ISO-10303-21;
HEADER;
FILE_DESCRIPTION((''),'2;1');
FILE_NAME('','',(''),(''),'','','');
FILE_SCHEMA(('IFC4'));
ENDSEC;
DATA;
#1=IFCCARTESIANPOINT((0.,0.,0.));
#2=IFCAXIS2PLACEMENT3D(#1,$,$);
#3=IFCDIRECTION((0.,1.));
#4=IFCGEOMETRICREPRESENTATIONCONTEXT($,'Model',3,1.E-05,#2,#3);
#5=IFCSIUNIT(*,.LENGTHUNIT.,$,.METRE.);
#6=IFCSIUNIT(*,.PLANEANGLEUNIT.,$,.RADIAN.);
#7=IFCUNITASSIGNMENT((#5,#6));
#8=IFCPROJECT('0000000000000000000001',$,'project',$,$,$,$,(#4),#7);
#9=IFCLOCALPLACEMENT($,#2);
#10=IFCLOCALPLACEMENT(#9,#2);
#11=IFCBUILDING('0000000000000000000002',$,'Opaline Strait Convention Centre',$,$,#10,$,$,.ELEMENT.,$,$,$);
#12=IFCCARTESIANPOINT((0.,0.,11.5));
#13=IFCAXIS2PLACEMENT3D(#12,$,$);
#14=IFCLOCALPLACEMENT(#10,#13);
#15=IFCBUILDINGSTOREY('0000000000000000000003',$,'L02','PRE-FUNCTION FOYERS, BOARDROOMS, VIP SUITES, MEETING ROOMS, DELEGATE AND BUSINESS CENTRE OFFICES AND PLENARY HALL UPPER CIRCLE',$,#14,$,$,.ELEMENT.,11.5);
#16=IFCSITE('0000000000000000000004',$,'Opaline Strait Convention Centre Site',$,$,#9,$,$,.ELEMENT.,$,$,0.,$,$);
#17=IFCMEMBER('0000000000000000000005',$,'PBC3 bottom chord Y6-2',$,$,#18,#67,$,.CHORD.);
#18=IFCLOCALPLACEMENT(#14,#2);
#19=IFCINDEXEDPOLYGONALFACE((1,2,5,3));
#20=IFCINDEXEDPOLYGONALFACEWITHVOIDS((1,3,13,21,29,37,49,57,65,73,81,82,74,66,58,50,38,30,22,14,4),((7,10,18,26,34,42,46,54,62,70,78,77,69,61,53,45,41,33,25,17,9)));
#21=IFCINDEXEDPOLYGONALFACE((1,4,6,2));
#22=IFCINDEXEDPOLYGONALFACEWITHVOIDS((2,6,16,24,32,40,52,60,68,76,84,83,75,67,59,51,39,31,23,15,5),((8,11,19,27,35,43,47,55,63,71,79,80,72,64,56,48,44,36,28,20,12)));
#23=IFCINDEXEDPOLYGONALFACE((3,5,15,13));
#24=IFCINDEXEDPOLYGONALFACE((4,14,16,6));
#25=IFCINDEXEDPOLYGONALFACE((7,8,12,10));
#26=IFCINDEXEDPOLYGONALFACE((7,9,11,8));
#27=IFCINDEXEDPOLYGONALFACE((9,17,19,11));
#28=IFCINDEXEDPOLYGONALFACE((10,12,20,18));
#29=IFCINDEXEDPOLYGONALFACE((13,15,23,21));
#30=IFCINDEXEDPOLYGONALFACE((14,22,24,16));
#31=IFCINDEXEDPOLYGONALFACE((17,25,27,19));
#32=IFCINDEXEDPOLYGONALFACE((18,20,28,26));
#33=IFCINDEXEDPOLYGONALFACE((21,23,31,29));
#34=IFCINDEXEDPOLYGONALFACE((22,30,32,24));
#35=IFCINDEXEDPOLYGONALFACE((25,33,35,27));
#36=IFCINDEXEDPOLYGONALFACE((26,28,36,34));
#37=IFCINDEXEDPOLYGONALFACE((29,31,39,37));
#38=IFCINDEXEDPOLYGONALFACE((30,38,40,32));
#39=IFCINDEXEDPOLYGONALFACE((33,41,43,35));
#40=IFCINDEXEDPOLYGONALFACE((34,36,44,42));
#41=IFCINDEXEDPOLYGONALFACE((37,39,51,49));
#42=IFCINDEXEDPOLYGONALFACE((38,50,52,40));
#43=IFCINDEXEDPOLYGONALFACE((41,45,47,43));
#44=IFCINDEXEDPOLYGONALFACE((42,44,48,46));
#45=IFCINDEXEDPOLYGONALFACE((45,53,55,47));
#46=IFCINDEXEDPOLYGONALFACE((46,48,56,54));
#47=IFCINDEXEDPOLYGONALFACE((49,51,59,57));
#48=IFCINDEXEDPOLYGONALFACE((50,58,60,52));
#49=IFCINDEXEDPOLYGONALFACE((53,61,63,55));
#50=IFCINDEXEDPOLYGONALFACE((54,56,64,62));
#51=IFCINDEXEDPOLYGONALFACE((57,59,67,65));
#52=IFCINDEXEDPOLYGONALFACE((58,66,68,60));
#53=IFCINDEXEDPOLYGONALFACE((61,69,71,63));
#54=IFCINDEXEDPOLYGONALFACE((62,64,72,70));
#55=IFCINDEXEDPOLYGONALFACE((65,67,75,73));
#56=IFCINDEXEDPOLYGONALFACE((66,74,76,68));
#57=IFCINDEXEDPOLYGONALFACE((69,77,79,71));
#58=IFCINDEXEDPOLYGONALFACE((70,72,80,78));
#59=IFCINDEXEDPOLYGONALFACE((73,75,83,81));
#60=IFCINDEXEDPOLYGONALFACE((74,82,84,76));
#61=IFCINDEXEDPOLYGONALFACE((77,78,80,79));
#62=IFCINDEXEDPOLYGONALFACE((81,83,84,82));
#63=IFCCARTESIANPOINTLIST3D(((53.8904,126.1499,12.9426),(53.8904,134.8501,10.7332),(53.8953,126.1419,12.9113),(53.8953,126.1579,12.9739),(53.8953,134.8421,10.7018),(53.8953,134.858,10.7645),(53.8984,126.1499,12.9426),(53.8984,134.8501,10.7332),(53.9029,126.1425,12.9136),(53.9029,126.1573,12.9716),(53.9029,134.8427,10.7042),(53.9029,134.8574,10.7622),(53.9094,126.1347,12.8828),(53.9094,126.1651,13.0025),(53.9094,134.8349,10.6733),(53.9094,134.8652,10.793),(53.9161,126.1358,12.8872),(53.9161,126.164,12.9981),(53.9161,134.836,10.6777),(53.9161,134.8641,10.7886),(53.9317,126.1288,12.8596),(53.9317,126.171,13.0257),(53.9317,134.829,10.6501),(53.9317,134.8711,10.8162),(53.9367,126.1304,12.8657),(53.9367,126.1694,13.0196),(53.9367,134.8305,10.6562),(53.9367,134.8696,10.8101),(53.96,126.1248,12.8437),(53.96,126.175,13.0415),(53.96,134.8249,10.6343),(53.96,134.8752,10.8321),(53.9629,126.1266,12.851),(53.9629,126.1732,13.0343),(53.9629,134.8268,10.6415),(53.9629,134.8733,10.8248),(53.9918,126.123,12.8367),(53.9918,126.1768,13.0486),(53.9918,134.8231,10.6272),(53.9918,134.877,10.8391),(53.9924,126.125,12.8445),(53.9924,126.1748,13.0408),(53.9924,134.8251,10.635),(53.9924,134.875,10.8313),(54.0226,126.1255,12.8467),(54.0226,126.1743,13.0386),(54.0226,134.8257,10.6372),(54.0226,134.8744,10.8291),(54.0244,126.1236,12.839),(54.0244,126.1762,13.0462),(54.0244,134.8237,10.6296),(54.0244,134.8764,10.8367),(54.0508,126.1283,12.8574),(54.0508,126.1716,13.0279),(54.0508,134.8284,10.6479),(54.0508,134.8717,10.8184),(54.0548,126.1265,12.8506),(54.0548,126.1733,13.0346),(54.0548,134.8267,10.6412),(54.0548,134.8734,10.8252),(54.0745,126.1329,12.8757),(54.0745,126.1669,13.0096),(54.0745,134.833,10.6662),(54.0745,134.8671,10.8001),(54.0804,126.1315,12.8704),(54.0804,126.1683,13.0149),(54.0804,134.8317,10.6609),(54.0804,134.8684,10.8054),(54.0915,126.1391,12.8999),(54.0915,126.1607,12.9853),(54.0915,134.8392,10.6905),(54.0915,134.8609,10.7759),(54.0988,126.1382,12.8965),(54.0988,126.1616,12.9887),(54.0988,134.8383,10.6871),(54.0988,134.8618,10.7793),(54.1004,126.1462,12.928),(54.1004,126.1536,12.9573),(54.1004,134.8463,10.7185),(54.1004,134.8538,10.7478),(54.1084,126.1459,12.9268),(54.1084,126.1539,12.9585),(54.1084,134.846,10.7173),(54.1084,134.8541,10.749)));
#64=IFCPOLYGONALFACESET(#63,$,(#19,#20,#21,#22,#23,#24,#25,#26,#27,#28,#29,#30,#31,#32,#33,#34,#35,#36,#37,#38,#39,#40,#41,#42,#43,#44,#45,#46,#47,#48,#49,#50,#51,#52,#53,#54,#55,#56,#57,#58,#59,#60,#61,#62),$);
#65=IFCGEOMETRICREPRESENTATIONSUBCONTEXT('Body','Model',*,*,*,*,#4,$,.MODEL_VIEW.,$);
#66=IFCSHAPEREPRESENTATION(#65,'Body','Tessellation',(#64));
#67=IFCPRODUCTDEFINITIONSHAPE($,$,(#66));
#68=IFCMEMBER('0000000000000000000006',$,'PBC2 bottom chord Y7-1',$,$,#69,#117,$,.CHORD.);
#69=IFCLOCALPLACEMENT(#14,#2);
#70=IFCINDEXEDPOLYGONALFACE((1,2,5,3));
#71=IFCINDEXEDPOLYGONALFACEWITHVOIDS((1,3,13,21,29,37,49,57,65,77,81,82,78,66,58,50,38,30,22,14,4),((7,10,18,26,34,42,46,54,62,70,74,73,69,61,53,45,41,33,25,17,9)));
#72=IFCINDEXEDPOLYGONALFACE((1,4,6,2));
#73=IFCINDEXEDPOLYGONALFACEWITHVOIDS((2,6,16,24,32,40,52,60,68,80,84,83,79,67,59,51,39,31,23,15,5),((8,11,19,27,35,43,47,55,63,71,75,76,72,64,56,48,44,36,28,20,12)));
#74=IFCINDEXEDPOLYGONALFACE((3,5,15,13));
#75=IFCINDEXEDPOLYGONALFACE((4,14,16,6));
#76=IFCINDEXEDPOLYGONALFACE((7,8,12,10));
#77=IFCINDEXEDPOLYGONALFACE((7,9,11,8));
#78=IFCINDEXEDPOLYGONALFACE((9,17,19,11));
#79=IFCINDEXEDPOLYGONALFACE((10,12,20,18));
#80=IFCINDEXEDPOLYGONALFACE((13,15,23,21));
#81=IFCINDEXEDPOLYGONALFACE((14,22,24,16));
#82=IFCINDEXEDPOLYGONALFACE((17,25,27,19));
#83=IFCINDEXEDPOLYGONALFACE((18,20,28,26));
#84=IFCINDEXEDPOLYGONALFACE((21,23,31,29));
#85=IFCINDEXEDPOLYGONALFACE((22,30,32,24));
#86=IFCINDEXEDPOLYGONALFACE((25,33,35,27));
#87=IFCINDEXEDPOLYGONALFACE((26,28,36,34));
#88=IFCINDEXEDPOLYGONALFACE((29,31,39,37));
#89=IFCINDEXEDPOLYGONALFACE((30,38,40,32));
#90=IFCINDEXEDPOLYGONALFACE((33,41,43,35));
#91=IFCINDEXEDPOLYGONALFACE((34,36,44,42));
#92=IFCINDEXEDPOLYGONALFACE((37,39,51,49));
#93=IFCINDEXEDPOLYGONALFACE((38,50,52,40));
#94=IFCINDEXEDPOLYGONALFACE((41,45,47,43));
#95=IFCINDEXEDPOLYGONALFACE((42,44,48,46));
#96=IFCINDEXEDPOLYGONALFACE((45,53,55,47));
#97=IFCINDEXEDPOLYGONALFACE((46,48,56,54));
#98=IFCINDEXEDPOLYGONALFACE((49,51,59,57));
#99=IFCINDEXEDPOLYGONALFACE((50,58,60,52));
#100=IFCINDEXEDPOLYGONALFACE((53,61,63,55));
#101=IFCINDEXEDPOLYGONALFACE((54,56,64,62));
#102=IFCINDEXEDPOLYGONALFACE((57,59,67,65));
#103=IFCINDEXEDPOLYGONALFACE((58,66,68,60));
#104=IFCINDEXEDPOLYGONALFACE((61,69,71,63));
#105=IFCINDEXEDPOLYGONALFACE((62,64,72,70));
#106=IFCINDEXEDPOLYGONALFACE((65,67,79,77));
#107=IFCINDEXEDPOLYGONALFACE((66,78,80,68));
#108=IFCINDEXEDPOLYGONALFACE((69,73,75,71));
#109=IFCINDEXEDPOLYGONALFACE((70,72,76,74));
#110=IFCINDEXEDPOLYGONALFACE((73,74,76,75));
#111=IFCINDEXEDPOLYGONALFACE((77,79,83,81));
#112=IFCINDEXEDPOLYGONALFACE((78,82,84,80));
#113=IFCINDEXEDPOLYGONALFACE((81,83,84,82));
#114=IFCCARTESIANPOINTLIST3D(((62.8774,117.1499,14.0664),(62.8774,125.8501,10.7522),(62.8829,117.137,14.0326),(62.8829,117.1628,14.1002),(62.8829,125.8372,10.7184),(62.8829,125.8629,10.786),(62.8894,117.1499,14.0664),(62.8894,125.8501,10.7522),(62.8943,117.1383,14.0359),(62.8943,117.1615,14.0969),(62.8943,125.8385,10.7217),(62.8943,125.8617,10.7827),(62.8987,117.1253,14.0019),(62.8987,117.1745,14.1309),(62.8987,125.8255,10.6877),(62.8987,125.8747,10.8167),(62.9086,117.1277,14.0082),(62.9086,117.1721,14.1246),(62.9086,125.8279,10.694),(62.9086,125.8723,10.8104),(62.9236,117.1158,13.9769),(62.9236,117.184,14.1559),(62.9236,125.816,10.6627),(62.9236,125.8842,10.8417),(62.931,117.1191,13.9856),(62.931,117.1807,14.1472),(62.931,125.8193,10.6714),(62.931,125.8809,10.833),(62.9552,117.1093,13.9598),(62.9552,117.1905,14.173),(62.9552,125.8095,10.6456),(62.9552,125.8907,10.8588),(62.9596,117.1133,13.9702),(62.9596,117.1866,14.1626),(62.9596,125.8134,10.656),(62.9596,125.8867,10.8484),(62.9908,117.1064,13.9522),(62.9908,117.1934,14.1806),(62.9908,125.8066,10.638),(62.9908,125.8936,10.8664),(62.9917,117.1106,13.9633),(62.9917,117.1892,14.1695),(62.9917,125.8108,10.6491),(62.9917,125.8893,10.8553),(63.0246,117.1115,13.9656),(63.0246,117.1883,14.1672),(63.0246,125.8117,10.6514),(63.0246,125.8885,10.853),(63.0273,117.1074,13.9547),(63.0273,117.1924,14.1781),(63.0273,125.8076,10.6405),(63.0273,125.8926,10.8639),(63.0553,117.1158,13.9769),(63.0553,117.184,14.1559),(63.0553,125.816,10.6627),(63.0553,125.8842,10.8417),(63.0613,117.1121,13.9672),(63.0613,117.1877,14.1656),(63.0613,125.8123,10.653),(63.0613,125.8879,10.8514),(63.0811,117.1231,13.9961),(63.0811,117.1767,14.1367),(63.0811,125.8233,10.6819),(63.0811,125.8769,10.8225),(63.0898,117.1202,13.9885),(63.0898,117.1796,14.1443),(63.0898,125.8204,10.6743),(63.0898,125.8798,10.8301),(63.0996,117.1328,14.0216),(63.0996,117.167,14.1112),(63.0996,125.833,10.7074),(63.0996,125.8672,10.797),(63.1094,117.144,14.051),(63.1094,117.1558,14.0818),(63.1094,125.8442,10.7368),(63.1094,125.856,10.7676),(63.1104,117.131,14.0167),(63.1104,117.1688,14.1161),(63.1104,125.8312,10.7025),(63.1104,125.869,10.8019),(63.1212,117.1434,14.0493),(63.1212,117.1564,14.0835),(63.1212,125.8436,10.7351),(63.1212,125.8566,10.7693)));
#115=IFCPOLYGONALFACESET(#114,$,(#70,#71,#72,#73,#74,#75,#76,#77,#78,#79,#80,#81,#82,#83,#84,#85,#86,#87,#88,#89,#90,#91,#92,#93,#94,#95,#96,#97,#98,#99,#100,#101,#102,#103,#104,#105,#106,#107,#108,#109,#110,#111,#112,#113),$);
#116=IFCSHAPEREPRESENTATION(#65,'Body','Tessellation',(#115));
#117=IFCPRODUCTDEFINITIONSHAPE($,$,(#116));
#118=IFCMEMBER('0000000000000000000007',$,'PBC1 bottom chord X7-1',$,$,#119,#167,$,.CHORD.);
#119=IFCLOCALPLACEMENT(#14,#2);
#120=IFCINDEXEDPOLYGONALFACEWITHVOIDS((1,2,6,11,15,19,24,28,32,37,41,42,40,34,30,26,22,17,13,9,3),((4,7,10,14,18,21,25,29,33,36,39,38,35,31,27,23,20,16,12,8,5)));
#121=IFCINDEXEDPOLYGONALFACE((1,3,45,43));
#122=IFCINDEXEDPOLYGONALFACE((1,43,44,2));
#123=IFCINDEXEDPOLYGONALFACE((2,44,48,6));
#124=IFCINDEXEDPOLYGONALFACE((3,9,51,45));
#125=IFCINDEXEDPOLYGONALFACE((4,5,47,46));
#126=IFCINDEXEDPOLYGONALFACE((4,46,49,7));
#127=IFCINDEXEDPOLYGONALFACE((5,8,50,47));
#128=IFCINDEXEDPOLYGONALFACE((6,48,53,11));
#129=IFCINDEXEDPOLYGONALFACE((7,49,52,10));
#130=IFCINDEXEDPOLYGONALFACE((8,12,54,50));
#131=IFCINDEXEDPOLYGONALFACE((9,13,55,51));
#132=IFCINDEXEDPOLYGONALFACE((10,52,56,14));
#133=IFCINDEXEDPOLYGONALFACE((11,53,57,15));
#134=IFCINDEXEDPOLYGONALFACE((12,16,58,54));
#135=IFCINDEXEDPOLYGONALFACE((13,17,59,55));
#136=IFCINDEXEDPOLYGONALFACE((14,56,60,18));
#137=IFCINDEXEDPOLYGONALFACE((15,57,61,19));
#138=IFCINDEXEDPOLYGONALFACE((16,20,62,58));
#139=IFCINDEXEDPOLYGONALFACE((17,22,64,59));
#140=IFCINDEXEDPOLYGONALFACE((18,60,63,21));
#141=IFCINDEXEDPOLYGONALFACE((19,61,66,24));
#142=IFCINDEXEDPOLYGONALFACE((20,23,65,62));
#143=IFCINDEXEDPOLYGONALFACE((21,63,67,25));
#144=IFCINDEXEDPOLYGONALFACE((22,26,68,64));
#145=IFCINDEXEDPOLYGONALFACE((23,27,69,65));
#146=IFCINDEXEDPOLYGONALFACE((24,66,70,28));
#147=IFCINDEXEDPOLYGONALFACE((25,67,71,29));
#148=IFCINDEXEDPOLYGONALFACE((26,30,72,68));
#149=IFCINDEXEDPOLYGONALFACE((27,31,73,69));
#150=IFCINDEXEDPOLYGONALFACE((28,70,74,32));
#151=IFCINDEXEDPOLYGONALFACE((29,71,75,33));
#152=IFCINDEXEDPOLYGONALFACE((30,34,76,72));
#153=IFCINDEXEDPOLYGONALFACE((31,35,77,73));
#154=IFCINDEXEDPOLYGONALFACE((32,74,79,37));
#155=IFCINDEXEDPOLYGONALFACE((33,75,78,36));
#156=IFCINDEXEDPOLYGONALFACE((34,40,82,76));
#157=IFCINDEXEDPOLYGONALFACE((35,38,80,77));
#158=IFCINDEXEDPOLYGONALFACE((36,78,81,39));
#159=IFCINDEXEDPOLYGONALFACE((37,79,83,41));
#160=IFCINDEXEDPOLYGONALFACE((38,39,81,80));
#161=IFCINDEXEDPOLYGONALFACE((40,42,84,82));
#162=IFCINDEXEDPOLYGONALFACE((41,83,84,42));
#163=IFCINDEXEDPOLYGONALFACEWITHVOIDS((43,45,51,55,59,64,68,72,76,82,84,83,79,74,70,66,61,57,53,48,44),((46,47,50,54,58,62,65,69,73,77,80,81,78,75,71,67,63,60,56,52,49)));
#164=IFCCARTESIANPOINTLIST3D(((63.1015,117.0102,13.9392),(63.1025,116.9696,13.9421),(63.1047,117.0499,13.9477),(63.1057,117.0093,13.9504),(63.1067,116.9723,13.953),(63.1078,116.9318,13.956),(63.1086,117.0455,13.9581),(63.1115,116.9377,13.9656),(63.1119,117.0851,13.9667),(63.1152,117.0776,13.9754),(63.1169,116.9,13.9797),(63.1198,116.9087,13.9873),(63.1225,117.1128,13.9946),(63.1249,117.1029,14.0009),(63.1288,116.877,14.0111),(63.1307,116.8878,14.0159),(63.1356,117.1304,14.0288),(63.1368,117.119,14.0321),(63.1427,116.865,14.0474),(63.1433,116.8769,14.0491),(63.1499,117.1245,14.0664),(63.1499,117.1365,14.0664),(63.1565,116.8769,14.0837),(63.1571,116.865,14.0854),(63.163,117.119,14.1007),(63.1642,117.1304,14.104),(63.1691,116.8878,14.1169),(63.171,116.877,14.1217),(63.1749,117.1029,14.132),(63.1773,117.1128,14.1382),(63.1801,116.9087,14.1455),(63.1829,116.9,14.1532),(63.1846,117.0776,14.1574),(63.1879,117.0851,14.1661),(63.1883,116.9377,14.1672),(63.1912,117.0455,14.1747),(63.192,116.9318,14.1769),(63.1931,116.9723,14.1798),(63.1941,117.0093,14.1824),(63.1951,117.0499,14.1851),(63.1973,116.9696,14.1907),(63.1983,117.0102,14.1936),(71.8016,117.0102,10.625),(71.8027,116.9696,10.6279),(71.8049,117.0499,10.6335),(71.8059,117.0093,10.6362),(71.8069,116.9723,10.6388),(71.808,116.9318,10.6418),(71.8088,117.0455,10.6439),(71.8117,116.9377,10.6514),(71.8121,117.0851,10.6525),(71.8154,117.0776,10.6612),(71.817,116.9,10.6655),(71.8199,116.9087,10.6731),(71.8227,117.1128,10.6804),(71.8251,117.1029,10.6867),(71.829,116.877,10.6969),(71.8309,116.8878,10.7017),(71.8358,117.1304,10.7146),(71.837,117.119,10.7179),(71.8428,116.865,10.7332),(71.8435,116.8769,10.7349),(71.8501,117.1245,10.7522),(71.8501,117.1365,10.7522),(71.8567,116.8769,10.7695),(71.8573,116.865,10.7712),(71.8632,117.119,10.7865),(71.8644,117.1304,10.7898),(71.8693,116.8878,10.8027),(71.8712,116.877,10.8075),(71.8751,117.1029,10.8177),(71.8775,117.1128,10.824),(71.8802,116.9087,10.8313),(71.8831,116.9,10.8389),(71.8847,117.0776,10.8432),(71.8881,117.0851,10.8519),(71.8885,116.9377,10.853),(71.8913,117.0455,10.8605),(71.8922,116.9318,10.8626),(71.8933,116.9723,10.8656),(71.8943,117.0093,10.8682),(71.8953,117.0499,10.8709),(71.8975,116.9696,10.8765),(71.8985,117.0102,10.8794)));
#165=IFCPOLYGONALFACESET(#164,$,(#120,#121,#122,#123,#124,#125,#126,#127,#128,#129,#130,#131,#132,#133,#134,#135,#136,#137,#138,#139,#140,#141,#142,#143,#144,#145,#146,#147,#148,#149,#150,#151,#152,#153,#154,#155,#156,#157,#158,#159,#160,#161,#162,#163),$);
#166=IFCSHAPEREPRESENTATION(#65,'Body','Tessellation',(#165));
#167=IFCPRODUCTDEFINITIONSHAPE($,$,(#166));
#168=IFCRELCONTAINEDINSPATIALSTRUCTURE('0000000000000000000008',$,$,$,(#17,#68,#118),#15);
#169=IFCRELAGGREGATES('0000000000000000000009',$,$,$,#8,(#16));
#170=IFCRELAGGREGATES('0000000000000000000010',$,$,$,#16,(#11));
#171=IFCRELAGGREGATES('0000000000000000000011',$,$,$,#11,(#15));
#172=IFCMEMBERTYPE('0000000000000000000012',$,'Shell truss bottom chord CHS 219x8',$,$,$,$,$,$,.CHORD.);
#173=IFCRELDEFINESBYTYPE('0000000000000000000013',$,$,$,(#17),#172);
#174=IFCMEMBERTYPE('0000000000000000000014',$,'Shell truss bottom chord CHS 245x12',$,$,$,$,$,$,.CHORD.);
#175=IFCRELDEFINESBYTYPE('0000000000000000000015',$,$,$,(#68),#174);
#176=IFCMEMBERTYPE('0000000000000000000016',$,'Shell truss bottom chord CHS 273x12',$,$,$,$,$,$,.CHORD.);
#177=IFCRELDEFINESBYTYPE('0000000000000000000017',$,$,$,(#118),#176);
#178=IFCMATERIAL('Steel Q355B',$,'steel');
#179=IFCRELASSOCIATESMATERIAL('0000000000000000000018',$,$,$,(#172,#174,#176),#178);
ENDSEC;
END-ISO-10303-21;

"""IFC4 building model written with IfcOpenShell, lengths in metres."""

from ifc_helpers import new_model, si_unit, direction, frame, origin, origin_2d, place, context, subcontext, project, spatial, hollow_circle, extrude, material, material_profile, profile_set, type_object, element, save


model = new_model("IFC4")

# Units and contexts
model_context = context("Model", 3, precision=1e-05, world=origin(), true_north=direction((0.0, 1.0)))
body_context = subcontext(model_context, "Body", "Model", "MODEL_VIEW")
ifc_project = project(units=[si_unit("LENGTHUNIT", "METRE"), si_unit("PLANEANGLEUNIT", "RADIAN")], contexts=[model_context])

# Site, building, storey
site_placement = place(None, origin())
site = spatial("IfcSite", under=ifc_project, at=site_placement, Name="Opaline Strait Convention Centre Site", CompositionType="ELEMENT", RefElevation=0.0)
building_placement = place(site_placement, origin())
building = spatial("IfcBuilding", under=site, at=building_placement, Name="Opaline Strait Convention Centre", CompositionType="ELEMENT")
storey_placement = place(building_placement, frame((0.0, 0.0, 11.5)))
storey = spatial("IfcBuildingStorey", under=building, at=storey_placement, Name="L02", Description="PRE-FUNCTION FOYERS, BOARDROOMS, VIP SUITES, MEETING ROOMS, DELEGATE AND BUSINESS CENTRE OFFICES AND PLENARY HALL UPPER CIRCLE", CompositionType="ELEMENT", Elevation=11.5)

# Members
ifc_material_1 = material(Name="Steel Q355B", Category="steel")
ifc_material_profile_1 = material_profile(ifc_material_1, hollow_circle(Radius=0.1096, WallThickness=0.0081, at=origin_2d()), Name="CHS 219x8")
ifc_profile_set_1 = profile_set([ifc_material_profile_1], Name="Steel Q355B")
member_type_1 = type_object("IfcMemberType", Name="Shell truss bottom chord CHS 219x8", PredefinedType="CHORD", material=ifc_profile_set_1)
member_1_placement = place(storey_placement, frame((54.0, 126.1499, 12.9426), z_axis=(0.0, 0.969233, -0.246143), x_axis=(-1.0, 0.0, 0.0)))
element("IfcMember", 1, at=member_1_placement, inside=storey, type_object=member_type_1, Name="PBC3 bottom chord Y6-2", PredefinedType="CHORD", context=body_context, shape_type="SweptSolid", body=[
    extrude(hollow_circle(Radius=0.1096, WallThickness=0.0081, at=origin_2d()), origin(), (0.0, 0.0, 1.0), 8.9763),
])
ifc_material_profile_2 = material_profile(ifc_material_1, hollow_circle(Radius=0.1226, WallThickness=0.012, at=origin_2d()), Name="CHS 245x12")
ifc_profile_set_2 = profile_set([ifc_material_profile_2], Name="Steel Q355B")
member_type_2 = type_object("IfcMemberType", Name="Shell truss bottom chord CHS 245x12", PredefinedType="CHORD", material=ifc_profile_set_2)
member_2_placement = place(storey_placement, frame((63.0, 117.1499, 14.0664), z_axis=(0.0, 0.934493, -0.355981), x_axis=(-1.0, 0.0, 0.0)))
element("IfcMember", 2, at=member_2_placement, inside=storey, type_object=member_type_2, Name="PBC2 bottom chord Y7-1", PredefinedType="CHORD", context=body_context, shape_type="SweptSolid", body=[
    extrude(hollow_circle(Radius=0.1226, WallThickness=0.012, at=origin_2d()), origin(), (0.0, 0.0, 1.0), 9.3101),
])
ifc_material_profile_3 = material_profile(ifc_material_1, hollow_circle(Radius=0.1365, WallThickness=0.012, at=origin_2d()), Name="CHS 273x12")
ifc_profile_set_3 = profile_set([ifc_material_profile_3], Name="Steel Q355B")
member_type_3 = type_object("IfcMemberType", Name="Shell truss bottom chord CHS 273x12", PredefinedType="CHORD", material=ifc_profile_set_3)
member_3_placement = place(storey_placement, frame((63.1499, 117.0, 14.0664), z_axis=(0.934493, 0.0, -0.355981), x_axis=(0.0, 1.0, 0.0)))
element("IfcMember", 3, at=member_3_placement, inside=storey, type_object=member_type_3, Name="PBC1 bottom chord X7-1", PredefinedType="CHORD", context=body_context, shape_type="SweptSolid", body=[
    extrude(hollow_circle(Radius=0.1365, WallThickness=0.012, at=origin_2d()), origin(), (0.0, 0.0, 1.0), 9.3101),
])

save(model, "model.ifc")
